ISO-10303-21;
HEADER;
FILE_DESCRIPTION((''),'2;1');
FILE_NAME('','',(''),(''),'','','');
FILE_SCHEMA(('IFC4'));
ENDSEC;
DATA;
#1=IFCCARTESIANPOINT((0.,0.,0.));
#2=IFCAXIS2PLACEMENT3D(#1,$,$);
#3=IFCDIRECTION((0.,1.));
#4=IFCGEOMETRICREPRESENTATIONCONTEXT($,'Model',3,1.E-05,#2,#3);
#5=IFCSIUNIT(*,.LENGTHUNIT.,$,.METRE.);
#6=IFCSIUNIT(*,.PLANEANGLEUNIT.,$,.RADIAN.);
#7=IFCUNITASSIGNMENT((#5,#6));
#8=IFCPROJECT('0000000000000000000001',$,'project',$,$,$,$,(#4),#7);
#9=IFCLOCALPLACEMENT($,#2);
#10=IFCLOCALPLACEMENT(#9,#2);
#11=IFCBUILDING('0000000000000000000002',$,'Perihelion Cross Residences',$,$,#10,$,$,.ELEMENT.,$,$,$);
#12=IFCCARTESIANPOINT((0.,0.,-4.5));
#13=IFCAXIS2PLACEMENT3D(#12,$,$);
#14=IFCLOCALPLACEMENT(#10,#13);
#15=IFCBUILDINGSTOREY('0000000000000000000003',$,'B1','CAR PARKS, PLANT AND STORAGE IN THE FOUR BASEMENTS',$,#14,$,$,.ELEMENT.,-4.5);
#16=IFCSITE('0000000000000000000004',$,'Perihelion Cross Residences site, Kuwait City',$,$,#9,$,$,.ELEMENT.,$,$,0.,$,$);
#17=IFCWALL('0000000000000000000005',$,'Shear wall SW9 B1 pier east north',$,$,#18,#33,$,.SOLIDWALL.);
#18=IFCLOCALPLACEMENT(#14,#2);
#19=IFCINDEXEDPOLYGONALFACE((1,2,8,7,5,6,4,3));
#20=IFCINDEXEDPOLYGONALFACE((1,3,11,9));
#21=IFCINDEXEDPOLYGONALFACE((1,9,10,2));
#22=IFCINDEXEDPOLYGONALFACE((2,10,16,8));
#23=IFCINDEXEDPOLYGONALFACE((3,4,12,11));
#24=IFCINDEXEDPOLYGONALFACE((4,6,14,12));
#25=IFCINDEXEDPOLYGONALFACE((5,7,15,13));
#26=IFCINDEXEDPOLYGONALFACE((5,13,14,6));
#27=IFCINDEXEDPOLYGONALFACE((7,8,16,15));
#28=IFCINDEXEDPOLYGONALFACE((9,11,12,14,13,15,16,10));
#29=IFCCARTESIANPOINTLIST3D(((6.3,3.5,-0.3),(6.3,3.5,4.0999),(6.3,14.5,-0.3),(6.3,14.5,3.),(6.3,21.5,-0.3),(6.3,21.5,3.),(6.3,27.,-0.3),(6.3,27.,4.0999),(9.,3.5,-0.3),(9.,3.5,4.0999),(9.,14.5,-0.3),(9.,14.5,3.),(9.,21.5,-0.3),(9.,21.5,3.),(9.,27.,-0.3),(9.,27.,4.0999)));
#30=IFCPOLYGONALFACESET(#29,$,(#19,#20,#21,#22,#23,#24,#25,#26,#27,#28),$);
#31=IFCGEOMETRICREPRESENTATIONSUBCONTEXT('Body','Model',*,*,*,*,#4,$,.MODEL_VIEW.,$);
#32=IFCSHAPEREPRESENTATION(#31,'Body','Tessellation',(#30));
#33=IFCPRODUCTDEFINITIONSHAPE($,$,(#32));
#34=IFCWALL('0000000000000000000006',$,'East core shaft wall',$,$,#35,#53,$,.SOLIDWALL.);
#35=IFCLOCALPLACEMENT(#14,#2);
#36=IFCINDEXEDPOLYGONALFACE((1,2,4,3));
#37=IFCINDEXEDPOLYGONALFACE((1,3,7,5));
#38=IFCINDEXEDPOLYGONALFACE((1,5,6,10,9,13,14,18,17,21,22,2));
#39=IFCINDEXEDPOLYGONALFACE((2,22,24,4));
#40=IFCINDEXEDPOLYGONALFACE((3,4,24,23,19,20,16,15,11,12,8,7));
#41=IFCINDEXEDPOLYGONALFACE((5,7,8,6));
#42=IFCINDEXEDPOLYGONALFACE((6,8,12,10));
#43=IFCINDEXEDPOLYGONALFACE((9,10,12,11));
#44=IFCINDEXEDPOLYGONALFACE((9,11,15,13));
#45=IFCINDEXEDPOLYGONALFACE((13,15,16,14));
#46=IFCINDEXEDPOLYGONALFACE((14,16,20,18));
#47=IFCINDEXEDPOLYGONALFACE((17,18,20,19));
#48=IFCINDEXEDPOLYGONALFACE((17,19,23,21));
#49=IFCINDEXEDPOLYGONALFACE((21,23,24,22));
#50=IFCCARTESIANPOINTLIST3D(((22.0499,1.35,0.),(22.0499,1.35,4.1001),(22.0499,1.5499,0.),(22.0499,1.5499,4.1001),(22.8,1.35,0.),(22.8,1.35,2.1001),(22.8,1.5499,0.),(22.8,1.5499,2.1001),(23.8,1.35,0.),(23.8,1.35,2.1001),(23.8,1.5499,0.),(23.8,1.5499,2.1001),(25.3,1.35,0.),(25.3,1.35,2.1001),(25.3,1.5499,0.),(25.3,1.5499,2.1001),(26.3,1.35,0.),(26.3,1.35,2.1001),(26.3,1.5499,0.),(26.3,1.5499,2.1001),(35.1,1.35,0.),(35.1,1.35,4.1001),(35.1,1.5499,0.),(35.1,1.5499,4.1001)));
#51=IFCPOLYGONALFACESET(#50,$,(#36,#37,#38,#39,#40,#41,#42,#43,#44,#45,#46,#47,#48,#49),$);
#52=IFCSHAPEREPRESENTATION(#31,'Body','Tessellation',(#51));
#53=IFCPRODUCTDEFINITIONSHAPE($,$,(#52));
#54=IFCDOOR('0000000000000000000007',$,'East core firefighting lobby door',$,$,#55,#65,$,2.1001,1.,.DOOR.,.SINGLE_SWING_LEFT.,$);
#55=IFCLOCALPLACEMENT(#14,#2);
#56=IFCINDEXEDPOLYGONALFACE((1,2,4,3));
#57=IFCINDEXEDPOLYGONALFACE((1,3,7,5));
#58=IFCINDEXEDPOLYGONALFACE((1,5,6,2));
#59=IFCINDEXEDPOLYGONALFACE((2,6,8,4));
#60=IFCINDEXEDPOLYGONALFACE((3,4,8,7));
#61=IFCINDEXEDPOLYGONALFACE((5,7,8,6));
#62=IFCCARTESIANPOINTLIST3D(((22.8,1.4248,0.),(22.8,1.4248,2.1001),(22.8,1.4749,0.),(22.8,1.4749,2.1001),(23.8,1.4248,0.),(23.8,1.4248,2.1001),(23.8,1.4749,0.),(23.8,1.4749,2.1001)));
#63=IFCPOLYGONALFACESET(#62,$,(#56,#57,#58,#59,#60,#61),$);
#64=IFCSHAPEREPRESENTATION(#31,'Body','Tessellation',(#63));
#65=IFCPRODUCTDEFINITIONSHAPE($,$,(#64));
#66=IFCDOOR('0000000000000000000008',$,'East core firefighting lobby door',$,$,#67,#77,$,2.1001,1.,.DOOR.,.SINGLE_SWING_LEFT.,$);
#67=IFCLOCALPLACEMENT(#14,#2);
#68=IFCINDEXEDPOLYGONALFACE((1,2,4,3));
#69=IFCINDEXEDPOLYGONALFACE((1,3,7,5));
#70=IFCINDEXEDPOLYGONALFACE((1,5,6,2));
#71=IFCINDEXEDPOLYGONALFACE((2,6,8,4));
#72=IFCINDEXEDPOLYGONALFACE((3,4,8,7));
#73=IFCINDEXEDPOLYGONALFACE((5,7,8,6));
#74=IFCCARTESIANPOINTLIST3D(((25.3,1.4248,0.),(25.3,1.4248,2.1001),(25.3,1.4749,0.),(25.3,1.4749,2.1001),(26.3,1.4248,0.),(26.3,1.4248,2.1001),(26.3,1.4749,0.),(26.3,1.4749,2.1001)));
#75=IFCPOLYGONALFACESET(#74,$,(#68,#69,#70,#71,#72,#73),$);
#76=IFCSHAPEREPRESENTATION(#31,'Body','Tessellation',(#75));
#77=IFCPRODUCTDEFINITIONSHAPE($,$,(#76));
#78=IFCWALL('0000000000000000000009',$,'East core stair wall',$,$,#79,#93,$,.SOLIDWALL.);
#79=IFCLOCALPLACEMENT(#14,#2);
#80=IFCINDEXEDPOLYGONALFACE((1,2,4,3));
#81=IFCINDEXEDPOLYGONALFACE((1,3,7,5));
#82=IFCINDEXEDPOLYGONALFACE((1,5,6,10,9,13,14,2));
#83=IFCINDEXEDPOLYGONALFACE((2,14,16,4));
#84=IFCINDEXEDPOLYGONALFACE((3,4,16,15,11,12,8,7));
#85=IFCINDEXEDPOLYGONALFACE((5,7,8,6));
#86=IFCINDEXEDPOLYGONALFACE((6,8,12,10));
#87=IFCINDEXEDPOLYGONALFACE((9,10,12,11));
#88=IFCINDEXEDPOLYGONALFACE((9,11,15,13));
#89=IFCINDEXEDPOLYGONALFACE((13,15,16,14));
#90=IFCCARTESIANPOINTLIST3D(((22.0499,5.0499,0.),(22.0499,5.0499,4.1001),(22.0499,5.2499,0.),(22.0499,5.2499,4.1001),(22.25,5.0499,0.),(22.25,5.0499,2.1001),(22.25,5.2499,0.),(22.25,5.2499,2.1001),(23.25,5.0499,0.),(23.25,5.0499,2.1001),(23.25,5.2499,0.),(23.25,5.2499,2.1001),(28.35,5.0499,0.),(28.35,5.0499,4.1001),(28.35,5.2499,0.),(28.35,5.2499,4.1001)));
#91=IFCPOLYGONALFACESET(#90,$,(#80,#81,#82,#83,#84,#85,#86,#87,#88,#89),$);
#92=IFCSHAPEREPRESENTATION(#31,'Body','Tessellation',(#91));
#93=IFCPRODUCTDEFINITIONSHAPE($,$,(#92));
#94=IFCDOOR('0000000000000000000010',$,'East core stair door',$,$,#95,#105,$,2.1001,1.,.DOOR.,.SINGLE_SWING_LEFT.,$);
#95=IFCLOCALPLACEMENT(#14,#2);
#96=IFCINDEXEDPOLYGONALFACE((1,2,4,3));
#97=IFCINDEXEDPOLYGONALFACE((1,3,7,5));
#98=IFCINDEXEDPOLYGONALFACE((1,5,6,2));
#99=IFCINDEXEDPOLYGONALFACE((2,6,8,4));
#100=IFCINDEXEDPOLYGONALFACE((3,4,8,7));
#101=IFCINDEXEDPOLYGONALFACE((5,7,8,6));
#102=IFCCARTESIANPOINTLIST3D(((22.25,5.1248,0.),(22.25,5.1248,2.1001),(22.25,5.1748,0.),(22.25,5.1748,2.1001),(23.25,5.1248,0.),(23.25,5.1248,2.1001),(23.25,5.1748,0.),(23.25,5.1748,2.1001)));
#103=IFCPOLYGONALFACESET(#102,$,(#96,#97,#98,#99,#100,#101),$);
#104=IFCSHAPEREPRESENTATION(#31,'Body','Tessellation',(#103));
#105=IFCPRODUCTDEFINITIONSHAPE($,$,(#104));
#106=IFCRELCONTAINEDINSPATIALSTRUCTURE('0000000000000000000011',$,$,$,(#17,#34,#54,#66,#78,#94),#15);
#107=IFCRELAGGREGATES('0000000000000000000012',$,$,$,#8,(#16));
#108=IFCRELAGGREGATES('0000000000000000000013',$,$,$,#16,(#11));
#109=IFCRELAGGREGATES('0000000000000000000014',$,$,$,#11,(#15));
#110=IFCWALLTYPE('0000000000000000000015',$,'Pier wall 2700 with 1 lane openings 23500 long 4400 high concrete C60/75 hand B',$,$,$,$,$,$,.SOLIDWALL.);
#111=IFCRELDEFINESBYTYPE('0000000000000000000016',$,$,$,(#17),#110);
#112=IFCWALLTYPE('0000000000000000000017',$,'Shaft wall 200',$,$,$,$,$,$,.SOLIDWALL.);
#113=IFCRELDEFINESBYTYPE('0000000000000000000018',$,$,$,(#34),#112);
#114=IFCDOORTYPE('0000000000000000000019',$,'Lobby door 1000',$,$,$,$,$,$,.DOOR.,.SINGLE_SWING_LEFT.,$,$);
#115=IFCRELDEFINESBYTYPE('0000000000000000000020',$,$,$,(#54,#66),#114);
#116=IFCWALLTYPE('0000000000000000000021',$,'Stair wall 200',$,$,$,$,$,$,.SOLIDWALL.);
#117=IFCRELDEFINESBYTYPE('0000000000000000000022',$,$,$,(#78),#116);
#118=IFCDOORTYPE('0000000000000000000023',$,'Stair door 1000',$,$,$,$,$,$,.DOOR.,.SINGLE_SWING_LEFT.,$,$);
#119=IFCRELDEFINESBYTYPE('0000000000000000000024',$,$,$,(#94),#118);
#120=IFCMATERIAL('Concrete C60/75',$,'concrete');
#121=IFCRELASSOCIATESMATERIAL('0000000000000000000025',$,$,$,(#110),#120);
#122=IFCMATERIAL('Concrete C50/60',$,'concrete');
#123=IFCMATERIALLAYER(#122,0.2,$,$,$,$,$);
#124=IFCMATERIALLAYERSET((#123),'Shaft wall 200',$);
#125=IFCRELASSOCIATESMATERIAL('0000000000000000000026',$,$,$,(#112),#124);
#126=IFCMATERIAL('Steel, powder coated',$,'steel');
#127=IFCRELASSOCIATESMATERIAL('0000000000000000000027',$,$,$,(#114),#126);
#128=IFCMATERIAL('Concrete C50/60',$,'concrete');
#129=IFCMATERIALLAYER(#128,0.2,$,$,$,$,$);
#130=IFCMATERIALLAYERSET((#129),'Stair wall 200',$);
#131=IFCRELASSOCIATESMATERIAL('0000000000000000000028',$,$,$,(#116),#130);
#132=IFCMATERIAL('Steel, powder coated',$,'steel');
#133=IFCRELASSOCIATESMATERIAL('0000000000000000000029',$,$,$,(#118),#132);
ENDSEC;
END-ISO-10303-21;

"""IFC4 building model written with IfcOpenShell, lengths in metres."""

from ifc_helpers import new_model, si_unit, direction, frame, frame_2d, origin, place, context, subcontext, project, spatial, polyline, rectangle, outline, extrude, material, layer, layer_set, material_profile, profile_set, type_object, element, fill, save


model = new_model("IFC4")

# Units and contexts
model_context = context("Model", 3, precision=1e-05, world=origin(), true_north=direction((0.0, 1.0)))
body_context = subcontext(model_context, "Body", "Model", "MODEL_VIEW")
ifc_project = project(units=[si_unit("LENGTHUNIT", "METRE"), si_unit("PLANEANGLEUNIT", "RADIAN")], contexts=[model_context])

# Site, building, storey
site_placement = place(None, origin())
site = spatial("IfcSite", under=ifc_project, at=site_placement, Name="Perihelion Cross Residences site, Kuwait City", CompositionType="ELEMENT", RefElevation=0.0)
building_placement = place(site_placement, origin())
building = spatial("IfcBuilding", under=site, at=building_placement, Name="Perihelion Cross Residences", CompositionType="ELEMENT")
storey_placement = place(building_placement, frame((0.0, 0.0, -4.5)))
storey = spatial("IfcBuildingStorey", under=building, at=storey_placement, Name="B1", Description="CAR PARKS, PLANT AND STORAGE IN THE FOUR BASEMENTS", CompositionType="ELEMENT", Elevation=-4.5)

# Wall
ifc_material_1 = material(Name="Concrete C60/75", Category="concrete")
ifc_material_profile_1 = material_profile(ifc_material_1, outline(polyline([(0.0, 0.0), (11.0, 0.0), (11.0, 3.3), (18.0, 3.3), (18.0, 0.0), (23.5, 0.0), (23.5, 4.3999), (0.0, 4.3999), (0.0, 0.0)])), Name="Pier wall")
ifc_profile_set_1 = profile_set([ifc_material_profile_1], Name="Concrete C60/75")
wall_type_1 = type_object("IfcWallType", Name="Pier wall 2700 with 1 lane openings 23500 long 4400 high concrete C60/75 hand B", PredefinedType="SOLIDWALL", material=ifc_profile_set_1)
wall_1_placement = place(storey_placement, frame((6.3, 3.5, -0.3), z_axis=(1.0, 0.0, 0.0), x_axis=(0.0, 1.0, 0.0)))
element("IfcWall", 1, at=wall_1_placement, inside=storey, type_object=wall_type_1, Name="Shear wall SW9 B1 pier east north", PredefinedType="SOLIDWALL", context=body_context, shape_type="SweptSolid", body=[
    extrude(outline(polyline([(0.0, 0.0), (11.0, 0.0), (11.0, 3.3), (18.0, 3.3), (18.0, 0.0), (23.5, 0.0), (23.5, 4.3999), (0.0, 4.3999), (0.0, 0.0)])), origin(), (0.0, 0.0, 1.0), 2.7),
])

# Wall, openings, doors
ifc_material_2 = material(Name="Concrete C50/60", Category="concrete")
ifc_layer_1 = layer(ifc_material_2, 0.2)
ifc_layer_set_1 = layer_set([ifc_layer_1], Name="Shaft wall 200")
wall_type_2 = type_object("IfcWallType", Name="Shaft wall 200", PredefinedType="SOLIDWALL", material=ifc_layer_set_1)
wall_2_placement = place(storey_placement, frame((22.05, 1.45, 0.0), z_axis=(0.0, 0.0, 1.0), x_axis=(1.0, 0.0, 0.0)))
wall_2 = element("IfcWall", 2, at=wall_2_placement, inside=storey, type_object=wall_type_2, Name="East core shaft wall", PredefinedType="SOLIDWALL", context=body_context, shape_type="SweptSolid", body=[
    extrude(rectangle(XDim=13.05, YDim=0.2, at=frame_2d((6.5249, 0.0))), origin(), (0.0, 0.0, 1.0), 4.1001),
])
opening_1_placement = place(wall_2_placement, frame((0.75, 0.0, 0.0)))
opening_1 = element("IfcOpeningElement", 3, at=opening_1_placement, cuts=wall_2, PredefinedType="OPENING", context=body_context, shape_type="SweptSolid", body=[
    extrude(rectangle(XDim=1.0, YDim=2.1001, at=frame_2d((0.5, 1.05))), frame((0.0, 0.1099, 0.0), z_axis=(0.0, -1.0, 0.0), x_axis=(1.0, 0.0, 0.0)), (0.0, 0.0, 1.0), 0.22),
])
opening_2_placement = place(wall_2_placement, frame((3.25, 0.0, 0.0)))
opening_2 = element("IfcOpeningElement", 4, at=opening_2_placement, cuts=wall_2, PredefinedType="OPENING", context=body_context, shape_type="SweptSolid", body=[
    extrude(rectangle(XDim=1.0, YDim=2.1001, at=frame_2d((0.5, 1.05))), frame((0.0, 0.1099, 0.0), z_axis=(0.0, -1.0, 0.0), x_axis=(1.0, 0.0, 0.0)), (0.0, 0.0, 1.0), 0.22),
])
ifc_material_3 = material(Name="Steel, powder coated", Category="steel")
door_type_1 = type_object("IfcDoorType", Name="Lobby door 1000", OperationType="SINGLE_SWING_LEFT", PredefinedType="DOOR", material=ifc_material_3)
door_1_placement = place(opening_1_placement, origin())
door_1 = element("IfcDoor", 5, at=door_1_placement, inside=storey, type_object=door_type_1, Name="East core firefighting lobby door", OperationType="SINGLE_SWING_LEFT", OverallHeight=2.1001, OverallWidth=1.0, PredefinedType="DOOR", context=body_context, shape_type="SweptSolid", body=[
    extrude(rectangle(XDim=1.0, YDim=2.1001, at=frame_2d((0.5, 1.05))), frame((0.0, 0.0249, 0.0), z_axis=(0.0, -1.0, 0.0), x_axis=(1.0, 0.0, 0.0)), (0.0, 0.0, 1.0), 0.05),
])
fill(opening_1, door_1)
door_2_placement = place(opening_2_placement, origin())
door_2 = element("IfcDoor", 6, at=door_2_placement, inside=storey, type_object=door_type_1, Name="East core firefighting lobby door", OperationType="SINGLE_SWING_LEFT", OverallHeight=2.1001, OverallWidth=1.0, PredefinedType="DOOR", context=body_context, shape_type="SweptSolid", body=[
    extrude(rectangle(XDim=1.0, YDim=2.1001, at=frame_2d((0.5, 1.05))), frame((0.0, 0.0249, 0.0), z_axis=(0.0, -1.0, 0.0), x_axis=(1.0, 0.0, 0.0)), (0.0, 0.0, 1.0), 0.05),
])
fill(opening_2, door_2)

# Wall, opening, door
ifc_material_4 = material(Name="Concrete C50/60", Category="concrete")
ifc_layer_2 = layer(ifc_material_4, 0.2)
ifc_layer_set_2 = layer_set([ifc_layer_2], Name="Stair wall 200")
wall_type_3 = type_object("IfcWallType", Name="Stair wall 200", PredefinedType="SOLIDWALL", material=ifc_layer_set_2)
wall_3_placement = place(storey_placement, frame((22.05, 5.1499, 0.0), z_axis=(0.0, 0.0, 1.0), x_axis=(1.0, 0.0, 0.0)))
wall_3 = element("IfcWall", 7, at=wall_3_placement, inside=storey, type_object=wall_type_3, Name="East core stair wall", PredefinedType="SOLIDWALL", context=body_context, shape_type="SweptSolid", body=[
    extrude(rectangle(XDim=6.3, YDim=0.2, at=frame_2d((3.1499, 0.0))), origin(), (0.0, 0.0, 1.0), 4.1001),
])
opening_3_placement = place(wall_3_placement, frame((0.2, 0.0, 0.0)))
opening_3 = element("IfcOpeningElement", 8, at=opening_3_placement, cuts=wall_3, PredefinedType="OPENING", context=body_context, shape_type="SweptSolid", body=[
    extrude(rectangle(XDim=1.0, YDim=2.1001, at=frame_2d((0.5, 1.05))), frame((0.0, 0.1099, 0.0), z_axis=(0.0, -1.0, 0.0), x_axis=(1.0, 0.0, 0.0)), (0.0, 0.0, 1.0), 0.22),
])
ifc_material_5 = material(Name="Steel, powder coated", Category="steel")
door_type_2 = type_object("IfcDoorType", Name="Stair door 1000", OperationType="SINGLE_SWING_LEFT", PredefinedType="DOOR", material=ifc_material_5)
door_3_placement = place(opening_3_placement, origin())
door_3 = element("IfcDoor", 9, at=door_3_placement, inside=storey, type_object=door_type_2, Name="East core stair door", OperationType="SINGLE_SWING_LEFT", OverallHeight=2.1001, OverallWidth=1.0, PredefinedType="DOOR", context=body_context, shape_type="SweptSolid", body=[
    extrude(rectangle(XDim=1.0, YDim=2.1001, at=frame_2d((0.5, 1.05))), frame((0.0, 0.0249, 0.0), z_axis=(0.0, -1.0, 0.0), x_axis=(1.0, 0.0, 0.0)), (0.0, 0.0, 1.0), 0.05),
])
fill(opening_3, door_3)

save(model, "model.ifc")
